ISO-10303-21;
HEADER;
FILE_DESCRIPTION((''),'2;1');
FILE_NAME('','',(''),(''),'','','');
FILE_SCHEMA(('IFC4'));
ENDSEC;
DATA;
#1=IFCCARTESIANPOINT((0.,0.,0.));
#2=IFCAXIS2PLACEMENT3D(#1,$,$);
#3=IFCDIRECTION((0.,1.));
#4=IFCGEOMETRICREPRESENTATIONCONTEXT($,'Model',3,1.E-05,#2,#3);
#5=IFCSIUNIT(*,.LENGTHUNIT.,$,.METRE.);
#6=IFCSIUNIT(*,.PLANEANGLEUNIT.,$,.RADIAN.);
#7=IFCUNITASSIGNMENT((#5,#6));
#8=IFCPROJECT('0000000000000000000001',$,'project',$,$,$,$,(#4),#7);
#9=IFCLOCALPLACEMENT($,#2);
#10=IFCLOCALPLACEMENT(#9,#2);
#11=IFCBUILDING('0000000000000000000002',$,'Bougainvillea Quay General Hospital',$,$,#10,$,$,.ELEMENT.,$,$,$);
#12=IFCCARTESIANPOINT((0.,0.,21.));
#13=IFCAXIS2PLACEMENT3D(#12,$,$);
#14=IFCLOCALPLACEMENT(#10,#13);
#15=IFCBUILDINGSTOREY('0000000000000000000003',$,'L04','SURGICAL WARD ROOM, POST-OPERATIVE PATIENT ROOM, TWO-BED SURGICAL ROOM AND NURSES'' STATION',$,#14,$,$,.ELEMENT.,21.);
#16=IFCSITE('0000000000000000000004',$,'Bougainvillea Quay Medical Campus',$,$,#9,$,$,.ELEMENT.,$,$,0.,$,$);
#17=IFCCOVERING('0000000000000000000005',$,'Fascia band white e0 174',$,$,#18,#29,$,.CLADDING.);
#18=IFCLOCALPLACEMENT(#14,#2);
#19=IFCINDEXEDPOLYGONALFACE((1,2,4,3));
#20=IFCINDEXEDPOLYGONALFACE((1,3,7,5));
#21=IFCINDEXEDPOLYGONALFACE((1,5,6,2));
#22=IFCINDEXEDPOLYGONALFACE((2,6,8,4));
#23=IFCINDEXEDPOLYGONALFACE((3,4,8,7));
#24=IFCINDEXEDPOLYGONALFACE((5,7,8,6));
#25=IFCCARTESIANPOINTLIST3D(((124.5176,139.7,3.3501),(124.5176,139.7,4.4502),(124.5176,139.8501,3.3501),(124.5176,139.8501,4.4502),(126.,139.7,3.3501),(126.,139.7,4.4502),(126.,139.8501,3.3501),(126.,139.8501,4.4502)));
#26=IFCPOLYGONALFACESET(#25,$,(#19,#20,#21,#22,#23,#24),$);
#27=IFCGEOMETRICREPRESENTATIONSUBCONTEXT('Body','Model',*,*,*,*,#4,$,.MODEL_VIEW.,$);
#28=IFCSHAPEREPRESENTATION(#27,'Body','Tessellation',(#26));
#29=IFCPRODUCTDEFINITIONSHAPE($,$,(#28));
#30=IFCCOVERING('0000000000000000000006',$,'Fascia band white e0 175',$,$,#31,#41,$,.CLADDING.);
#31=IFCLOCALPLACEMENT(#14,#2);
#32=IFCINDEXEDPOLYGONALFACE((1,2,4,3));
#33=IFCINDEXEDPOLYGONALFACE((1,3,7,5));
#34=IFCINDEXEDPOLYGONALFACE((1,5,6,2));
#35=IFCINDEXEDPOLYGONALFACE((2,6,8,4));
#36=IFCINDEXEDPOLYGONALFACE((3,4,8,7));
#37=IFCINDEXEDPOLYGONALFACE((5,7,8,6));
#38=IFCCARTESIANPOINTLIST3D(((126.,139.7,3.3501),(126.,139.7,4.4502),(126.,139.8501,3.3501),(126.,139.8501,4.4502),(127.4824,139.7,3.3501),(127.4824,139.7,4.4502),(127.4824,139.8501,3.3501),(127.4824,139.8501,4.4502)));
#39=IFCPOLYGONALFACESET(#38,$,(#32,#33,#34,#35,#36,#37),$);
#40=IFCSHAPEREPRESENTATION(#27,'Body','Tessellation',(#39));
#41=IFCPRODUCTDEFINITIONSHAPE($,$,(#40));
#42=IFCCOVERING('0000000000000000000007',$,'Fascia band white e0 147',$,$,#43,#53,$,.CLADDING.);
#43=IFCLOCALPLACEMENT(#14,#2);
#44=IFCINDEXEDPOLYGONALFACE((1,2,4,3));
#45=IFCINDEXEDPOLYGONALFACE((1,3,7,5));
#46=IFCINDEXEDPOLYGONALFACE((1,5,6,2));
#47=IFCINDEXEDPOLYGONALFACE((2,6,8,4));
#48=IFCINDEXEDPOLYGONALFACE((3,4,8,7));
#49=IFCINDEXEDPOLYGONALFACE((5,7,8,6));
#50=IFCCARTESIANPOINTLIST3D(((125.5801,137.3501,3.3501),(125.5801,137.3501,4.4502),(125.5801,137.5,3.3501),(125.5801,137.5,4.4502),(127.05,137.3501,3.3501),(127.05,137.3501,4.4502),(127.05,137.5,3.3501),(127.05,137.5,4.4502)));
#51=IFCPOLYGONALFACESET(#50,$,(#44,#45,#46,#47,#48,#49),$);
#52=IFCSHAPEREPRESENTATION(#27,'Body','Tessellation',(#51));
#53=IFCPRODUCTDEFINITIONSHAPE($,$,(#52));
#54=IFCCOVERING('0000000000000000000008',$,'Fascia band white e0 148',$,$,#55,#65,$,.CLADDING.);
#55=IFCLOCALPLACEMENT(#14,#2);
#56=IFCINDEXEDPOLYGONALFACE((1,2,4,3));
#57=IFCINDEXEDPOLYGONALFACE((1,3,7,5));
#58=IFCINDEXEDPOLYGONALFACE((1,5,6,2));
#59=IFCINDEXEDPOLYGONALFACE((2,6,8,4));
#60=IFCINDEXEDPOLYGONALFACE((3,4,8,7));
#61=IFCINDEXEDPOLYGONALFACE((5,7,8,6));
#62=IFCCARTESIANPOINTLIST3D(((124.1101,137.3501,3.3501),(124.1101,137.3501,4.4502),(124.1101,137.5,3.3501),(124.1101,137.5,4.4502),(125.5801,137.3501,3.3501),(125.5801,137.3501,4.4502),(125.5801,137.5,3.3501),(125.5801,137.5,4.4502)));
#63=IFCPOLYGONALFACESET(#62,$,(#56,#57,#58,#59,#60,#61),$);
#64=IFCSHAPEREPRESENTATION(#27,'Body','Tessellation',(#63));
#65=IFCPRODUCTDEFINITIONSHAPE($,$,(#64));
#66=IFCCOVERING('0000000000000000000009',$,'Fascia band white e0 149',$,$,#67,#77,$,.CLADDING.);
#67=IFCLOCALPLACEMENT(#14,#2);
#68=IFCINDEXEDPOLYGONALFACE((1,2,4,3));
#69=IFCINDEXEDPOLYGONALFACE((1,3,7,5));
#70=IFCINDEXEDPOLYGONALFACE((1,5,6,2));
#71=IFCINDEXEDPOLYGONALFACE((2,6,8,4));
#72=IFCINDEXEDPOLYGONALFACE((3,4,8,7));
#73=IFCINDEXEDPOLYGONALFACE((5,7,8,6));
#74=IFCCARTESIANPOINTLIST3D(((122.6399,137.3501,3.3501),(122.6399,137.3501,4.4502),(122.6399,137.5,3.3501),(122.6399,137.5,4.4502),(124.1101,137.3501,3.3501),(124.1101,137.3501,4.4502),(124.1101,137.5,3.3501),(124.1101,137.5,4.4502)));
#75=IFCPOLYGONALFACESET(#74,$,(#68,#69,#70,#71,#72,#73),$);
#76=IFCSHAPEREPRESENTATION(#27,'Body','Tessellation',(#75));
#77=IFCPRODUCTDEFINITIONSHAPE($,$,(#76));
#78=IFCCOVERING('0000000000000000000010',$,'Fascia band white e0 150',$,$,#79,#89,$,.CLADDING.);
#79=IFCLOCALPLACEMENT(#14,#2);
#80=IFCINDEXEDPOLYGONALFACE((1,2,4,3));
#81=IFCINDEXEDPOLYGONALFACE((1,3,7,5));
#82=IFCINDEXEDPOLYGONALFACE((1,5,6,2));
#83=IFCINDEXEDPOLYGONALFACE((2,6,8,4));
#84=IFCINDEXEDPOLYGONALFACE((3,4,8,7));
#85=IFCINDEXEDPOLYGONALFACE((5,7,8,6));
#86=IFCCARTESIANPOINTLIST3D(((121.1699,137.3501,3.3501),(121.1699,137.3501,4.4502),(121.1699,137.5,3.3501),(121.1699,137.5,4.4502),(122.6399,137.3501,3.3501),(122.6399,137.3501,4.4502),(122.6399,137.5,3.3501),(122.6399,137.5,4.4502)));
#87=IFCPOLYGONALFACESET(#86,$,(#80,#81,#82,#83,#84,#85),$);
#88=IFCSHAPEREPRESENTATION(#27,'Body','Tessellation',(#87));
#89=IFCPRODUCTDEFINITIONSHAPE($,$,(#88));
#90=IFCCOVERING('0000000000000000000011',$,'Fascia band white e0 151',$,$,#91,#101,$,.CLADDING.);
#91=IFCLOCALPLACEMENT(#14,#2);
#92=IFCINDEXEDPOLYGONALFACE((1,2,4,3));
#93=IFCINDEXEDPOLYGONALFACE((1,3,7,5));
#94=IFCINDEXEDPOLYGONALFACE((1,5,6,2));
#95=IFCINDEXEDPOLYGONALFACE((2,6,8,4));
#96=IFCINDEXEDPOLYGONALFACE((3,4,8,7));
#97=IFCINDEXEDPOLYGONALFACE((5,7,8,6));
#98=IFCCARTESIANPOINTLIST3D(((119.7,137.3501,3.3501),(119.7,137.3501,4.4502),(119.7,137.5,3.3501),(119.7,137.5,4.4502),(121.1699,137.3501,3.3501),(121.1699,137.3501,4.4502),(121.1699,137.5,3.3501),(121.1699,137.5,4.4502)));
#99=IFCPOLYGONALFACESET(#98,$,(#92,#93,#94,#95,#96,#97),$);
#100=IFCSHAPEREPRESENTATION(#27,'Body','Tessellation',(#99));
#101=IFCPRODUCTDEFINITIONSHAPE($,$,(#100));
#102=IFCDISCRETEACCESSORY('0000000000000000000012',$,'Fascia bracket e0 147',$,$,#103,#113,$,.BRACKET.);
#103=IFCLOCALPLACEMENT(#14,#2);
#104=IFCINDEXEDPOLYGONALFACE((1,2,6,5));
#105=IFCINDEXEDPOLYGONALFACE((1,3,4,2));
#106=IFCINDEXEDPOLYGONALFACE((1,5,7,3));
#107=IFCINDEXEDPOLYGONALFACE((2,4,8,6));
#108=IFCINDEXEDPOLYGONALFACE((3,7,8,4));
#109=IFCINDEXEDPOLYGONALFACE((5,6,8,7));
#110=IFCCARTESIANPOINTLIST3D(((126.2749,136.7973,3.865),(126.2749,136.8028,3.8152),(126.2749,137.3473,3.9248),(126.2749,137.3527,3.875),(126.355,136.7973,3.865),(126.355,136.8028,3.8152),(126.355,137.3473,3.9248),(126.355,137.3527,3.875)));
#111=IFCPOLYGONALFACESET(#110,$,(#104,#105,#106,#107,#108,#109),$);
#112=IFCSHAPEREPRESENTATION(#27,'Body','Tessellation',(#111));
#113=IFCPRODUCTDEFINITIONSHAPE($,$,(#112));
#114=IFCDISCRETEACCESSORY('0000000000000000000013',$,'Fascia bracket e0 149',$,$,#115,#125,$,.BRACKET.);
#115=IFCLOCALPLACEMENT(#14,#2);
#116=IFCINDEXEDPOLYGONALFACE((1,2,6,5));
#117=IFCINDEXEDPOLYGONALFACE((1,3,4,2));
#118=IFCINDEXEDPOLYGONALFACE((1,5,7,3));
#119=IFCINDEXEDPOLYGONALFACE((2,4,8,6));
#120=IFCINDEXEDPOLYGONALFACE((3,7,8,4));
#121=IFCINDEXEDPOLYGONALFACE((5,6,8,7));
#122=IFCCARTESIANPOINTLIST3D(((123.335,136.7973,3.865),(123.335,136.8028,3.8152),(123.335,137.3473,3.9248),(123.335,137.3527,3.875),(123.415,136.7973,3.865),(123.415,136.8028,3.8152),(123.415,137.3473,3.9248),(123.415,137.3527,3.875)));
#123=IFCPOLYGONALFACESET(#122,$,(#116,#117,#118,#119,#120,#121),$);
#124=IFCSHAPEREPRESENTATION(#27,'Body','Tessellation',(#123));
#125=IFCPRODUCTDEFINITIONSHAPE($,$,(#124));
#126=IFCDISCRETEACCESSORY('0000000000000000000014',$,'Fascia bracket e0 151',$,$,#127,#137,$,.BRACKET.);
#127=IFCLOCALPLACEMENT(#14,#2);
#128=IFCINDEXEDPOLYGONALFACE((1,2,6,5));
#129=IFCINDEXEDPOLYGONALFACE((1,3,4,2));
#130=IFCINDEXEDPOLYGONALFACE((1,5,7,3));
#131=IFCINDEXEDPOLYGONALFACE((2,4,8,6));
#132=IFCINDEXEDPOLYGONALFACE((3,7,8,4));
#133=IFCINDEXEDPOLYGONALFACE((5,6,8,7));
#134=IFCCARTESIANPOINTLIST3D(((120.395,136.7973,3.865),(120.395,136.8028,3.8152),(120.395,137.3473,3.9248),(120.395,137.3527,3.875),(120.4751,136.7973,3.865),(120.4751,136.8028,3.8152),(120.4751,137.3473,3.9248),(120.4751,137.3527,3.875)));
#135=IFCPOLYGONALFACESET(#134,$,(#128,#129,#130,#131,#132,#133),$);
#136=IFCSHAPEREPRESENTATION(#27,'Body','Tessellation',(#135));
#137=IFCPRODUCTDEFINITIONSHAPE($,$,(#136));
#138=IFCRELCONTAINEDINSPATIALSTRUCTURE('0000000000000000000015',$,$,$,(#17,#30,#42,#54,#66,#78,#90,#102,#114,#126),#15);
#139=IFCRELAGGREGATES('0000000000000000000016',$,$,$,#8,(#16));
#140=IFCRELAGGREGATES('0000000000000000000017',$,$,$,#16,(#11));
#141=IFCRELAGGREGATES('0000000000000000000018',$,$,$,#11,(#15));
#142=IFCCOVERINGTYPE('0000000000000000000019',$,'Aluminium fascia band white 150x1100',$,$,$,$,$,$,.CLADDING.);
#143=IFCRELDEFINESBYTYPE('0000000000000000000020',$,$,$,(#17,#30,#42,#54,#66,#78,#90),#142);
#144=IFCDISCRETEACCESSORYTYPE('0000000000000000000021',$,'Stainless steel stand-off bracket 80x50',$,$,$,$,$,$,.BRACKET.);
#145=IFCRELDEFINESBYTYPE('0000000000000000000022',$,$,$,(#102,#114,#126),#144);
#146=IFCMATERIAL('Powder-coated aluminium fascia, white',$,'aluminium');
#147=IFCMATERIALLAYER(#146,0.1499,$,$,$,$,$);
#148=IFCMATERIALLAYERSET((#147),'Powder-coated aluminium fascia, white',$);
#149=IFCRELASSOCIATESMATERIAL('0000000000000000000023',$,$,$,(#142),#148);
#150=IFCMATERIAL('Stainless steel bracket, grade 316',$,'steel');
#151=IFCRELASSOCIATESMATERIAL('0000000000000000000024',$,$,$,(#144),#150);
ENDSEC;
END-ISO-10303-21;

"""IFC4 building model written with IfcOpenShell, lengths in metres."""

from ifc_helpers import new_model, si_unit, direction, frame, origin, origin_2d, place, context, subcontext, project, spatial, polyline, rectangle, outline, extrude, material, layer, layer_set, material_profile, profile_set, type_object, element, save


model = new_model("IFC4")

# Units and contexts
model_context = context("Model", 3, precision=1e-05, world=origin(), true_north=direction((0.0, 1.0)))
body_context = subcontext(model_context, "Body", "Model", "MODEL_VIEW")
ifc_project = project(units=[si_unit("LENGTHUNIT", "METRE"), si_unit("PLANEANGLEUNIT", "RADIAN")], contexts=[model_context])

# Site, building, storey
site_placement = place(None, origin())
site = spatial("IfcSite", under=ifc_project, at=site_placement, Name="Bougainvillea Quay Medical Campus", CompositionType="ELEMENT", RefElevation=0.0)
building_placement = place(site_placement, origin())
building = spatial("IfcBuilding", under=site, at=building_placement, Name="Bougainvillea Quay General Hospital", CompositionType="ELEMENT")
storey_placement = place(building_placement, frame((0.0, 0.0, 21.0)))
storey = spatial("IfcBuildingStorey", under=building, at=storey_placement, Name="L04", Description="SURGICAL WARD ROOM, POST-OPERATIVE PATIENT ROOM, TWO-BED SURGICAL ROOM AND NURSES' STATION", CompositionType="ELEMENT", Elevation=21.0)

# Coverings
ifc_material_1 = material(Name="Powder-coated aluminium fascia, white", Category="aluminium")
ifc_layer_1 = layer(ifc_material_1, 0.1499)
ifc_layer_set_1 = layer_set([ifc_layer_1], Name="Powder-coated aluminium fascia, white")
covering_type = type_object("IfcCoveringType", Name="Aluminium fascia band white 150x1100", PredefinedType="CLADDING", material=ifc_layer_set_1)
for number, where, z_axis, x_axis, name in (
    (1, (124.5176, 139.8501, 3.3501), (0.0, 0.0, 1.0), (1.0, 0.0, 0.0), "Fascia band white e0 174"),
    (2, (126.0, 139.8501, 3.3501), (0.0, 0.0, 1.0), (1.0, 0.0, 0.0), "Fascia band white e0 175"),
):
    element("IfcCovering", number, at=place(storey_placement, frame(where, z_axis=z_axis, x_axis=x_axis)), inside=storey, type_object=covering_type, Name=name, PredefinedType="CLADDING", context=body_context, shape_type="SweptSolid", body=[
        extrude(outline(polyline([(0.0, 0.0), (1.4824, 0.0), (1.4824, -0.1501), (0.0, -0.1501), (0.0, 0.0)])), origin(), (0.0, 0.0, 1.0), 1.1001),
    ])
for number, where, z_axis, x_axis, name in (
    (3, (127.05, 137.3501, 3.3501), (0.0, 0.0, 1.0), (-1.0, 0.0, 0.0), "Fascia band white e0 147"),
    (4, (125.5801, 137.3501, 3.3501), (0.0, 0.0, 1.0), (-1.0, 0.0, 0.0), "Fascia band white e0 148"),
):
    element("IfcCovering", number, at=place(storey_placement, frame(where, z_axis=z_axis, x_axis=x_axis)), inside=storey, type_object=covering_type, Name=name, PredefinedType="CLADDING", context=body_context, shape_type="SweptSolid", body=[
        extrude(outline(polyline([(0.0, 0.0), (1.47, 0.0), (1.47, -0.1499), (0.0, -0.1499), (0.0, 0.0)])), origin(), (0.0, 0.0, 1.0), 1.1001),
    ])
covering_1_placement = place(storey_placement, frame((124.1101, 137.3501, 3.3501), z_axis=(0.0, 0.0, 1.0), x_axis=(-1.0, 0.0, 0.0)))
element("IfcCovering", 5, at=covering_1_placement, inside=storey, type_object=covering_type, Name="Fascia band white e0 149", PredefinedType="CLADDING", context=body_context, shape_type="SweptSolid", body=[
    extrude(outline(polyline([(0.0, 0.0), (1.4702, 0.0), (1.4702, -0.1499), (0.0, -0.1499), (0.0, 0.0)])), origin(), (0.0, 0.0, 1.0), 1.1001),
])
for number, where, z_axis, x_axis, name in (
    (6, (122.6399, 137.3501, 3.3501), (0.0, 0.0, 1.0), (-1.0, 0.0, 0.0), "Fascia band white e0 150"),
    (7, (121.1699, 137.3501, 3.3501), (0.0, 0.0, 1.0), (-1.0, 0.0, 0.0), "Fascia band white e0 151"),
):
    element("IfcCovering", number, at=place(storey_placement, frame(where, z_axis=z_axis, x_axis=x_axis)), inside=storey, type_object=covering_type, Name=name, PredefinedType="CLADDING", context=body_context, shape_type="SweptSolid", body=[
        extrude(outline(polyline([(0.0, 0.0), (1.47, 0.0), (1.47, -0.1499), (0.0, -0.1499), (0.0, 0.0)])), origin(), (0.0, 0.0, 1.0), 1.1001),
    ])

# Discrete accessories
ifc_material_2 = material(Name="Stainless steel bracket, grade 316", Category="steel")
ifc_material_profile_1 = material_profile(ifc_material_2, rectangle(XDim=0.0801, YDim=0.05, at=origin_2d()))
ifc_profile_set_1 = profile_set([ifc_material_profile_1], Name="Stainless steel bracket, grade 316")
discrete_accessory_type = type_object("IfcDiscreteAccessoryType", Name="Stainless steel stand-off bracket 80x50", PredefinedType="BRACKET", material=ifc_profile_set_1)
for number, where, z_axis, x_axis, name in (
    (8, (126.3149, 136.8, 3.8401), (0.0, 0.994139, 0.108107), (-1.0, 0.0, 0.0), "Fascia bracket e0 147"),
    (9, (123.375, 136.8, 3.8401), (0.0, 0.994139, 0.108107), (-1.0, 0.0, 0.0), "Fascia bracket e0 149"),
    (10, (120.4351, 136.8, 3.8401), (0.0, 0.994139, 0.108107), (-1.0, 0.0, 0.0), "Fascia bracket e0 151"),
):
    element("IfcDiscreteAccessory", number, at=place(storey_placement, frame(where, z_axis=z_axis, x_axis=x_axis)), inside=storey, type_object=discrete_accessory_type, Name=name, PredefinedType="BRACKET", context=body_context, shape_type="SweptSolid", body=[
        extrude(rectangle(XDim=0.0801, YDim=0.05, at=origin_2d()), origin(), (0.0, 0.0, 1.0), 0.5532),
    ])

save(model, "model.ifc")
